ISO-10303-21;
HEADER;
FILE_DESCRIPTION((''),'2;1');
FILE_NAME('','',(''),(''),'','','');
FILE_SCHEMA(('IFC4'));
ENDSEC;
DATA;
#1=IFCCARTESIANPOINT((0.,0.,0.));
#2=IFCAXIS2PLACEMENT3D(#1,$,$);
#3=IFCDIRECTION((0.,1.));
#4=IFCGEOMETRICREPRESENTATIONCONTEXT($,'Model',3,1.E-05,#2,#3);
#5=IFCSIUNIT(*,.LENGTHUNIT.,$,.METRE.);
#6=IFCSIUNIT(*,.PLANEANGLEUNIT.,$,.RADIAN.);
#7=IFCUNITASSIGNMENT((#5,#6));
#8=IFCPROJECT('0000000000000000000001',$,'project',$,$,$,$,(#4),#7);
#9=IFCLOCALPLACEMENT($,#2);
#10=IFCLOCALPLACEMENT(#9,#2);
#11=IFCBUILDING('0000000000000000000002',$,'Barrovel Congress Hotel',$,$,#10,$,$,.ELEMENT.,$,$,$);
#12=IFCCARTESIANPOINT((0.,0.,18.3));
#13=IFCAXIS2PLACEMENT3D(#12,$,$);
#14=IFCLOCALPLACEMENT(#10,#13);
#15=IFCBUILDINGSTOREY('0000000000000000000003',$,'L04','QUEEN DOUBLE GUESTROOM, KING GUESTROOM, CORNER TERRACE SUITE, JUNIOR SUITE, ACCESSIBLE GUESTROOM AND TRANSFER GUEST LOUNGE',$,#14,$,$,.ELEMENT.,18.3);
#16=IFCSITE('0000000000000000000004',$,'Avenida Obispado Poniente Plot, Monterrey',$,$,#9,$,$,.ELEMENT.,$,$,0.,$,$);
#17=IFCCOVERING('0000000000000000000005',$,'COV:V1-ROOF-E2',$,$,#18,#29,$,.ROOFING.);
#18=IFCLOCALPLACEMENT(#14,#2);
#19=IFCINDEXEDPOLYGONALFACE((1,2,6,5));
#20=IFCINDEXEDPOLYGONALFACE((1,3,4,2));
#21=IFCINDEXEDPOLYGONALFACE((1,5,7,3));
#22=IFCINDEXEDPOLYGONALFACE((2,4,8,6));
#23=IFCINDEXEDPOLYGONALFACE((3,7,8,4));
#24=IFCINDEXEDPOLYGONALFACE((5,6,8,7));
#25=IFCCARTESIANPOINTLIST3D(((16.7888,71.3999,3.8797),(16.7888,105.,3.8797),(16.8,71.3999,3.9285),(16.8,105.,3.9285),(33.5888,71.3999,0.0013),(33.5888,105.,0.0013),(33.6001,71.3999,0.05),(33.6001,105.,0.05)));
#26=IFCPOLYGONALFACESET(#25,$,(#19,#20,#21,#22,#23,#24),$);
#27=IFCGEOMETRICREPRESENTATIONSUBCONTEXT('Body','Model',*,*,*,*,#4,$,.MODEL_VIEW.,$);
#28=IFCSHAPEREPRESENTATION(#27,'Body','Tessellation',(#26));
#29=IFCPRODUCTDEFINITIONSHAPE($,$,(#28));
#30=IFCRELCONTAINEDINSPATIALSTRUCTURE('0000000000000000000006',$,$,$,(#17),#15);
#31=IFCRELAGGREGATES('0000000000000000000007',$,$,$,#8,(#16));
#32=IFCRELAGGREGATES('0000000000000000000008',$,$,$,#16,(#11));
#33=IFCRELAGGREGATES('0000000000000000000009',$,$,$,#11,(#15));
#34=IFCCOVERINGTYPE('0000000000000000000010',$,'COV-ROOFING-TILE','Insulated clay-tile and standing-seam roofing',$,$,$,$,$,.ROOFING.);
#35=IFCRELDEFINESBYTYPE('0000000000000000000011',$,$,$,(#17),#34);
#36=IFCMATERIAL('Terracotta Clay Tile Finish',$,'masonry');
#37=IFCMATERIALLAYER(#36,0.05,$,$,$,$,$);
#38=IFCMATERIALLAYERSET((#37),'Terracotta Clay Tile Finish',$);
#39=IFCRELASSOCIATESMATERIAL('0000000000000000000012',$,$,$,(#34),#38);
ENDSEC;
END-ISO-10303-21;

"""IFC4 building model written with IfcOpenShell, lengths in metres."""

from ifc_helpers import new_model, si_unit, direction, frame, origin, place, context, subcontext, project, spatial, polyline, outline, extrude, material, layer, layer_set, type_object, element, save


model = new_model("IFC4")

# Units and contexts
model_context = context("Model", 3, precision=1e-05, world=origin(), true_north=direction((0.0, 1.0)))
body_context = subcontext(model_context, "Body", "Model", "MODEL_VIEW")
ifc_project = project(units=[si_unit("LENGTHUNIT", "METRE"), si_unit("PLANEANGLEUNIT", "RADIAN")], contexts=[model_context])

# Site, building, storey
site_placement = place(None, origin())
site = spatial("IfcSite", under=ifc_project, at=site_placement, Name="Avenida Obispado Poniente Plot, Monterrey", CompositionType="ELEMENT", RefElevation=0.0)
building_placement = place(site_placement, origin())
building = spatial("IfcBuilding", under=site, at=building_placement, Name="Barrovel Congress Hotel", CompositionType="ELEMENT")
storey_placement = place(building_placement, frame((0.0, 0.0, 18.3)))
storey = spatial("IfcBuildingStorey", under=building, at=storey_placement, Name="L04", Description="QUEEN DOUBLE GUESTROOM, KING GUESTROOM, CORNER TERRACE SUITE, JUNIOR SUITE, ACCESSIBLE GUESTROOM AND TRANSFER GUEST LOUNGE", CompositionType="ELEMENT", Elevation=18.3)

# Covering
ifc_material_1 = material(Name="Terracotta Clay Tile Finish", Category="masonry")
ifc_layer_1 = layer(ifc_material_1, 0.05)
ifc_layer_set_1 = layer_set([ifc_layer_1], Name="Terracotta Clay Tile Finish")
covering_type = type_object("IfcCoveringType", Name="COV-ROOFING-TILE", Description="Insulated clay-tile and standing-seam roofing", PredefinedType="ROOFING", material=ifc_layer_set_1)
for number, where, z_axis, x_axis, name in (
    (1, (16.8, 71.3999, 3.9285), (0.224941, 0.0, 0.974372), (0.974372, 0.0, -0.224941), "COV:V1-ROOF-E2"),
):
    element("IfcCovering", number, at=place(storey_placement, frame(where, z_axis=z_axis, x_axis=x_axis)), inside=storey, type_object=covering_type, Name=name, PredefinedType="ROOFING", context=body_context, shape_type="SweptSolid", body=[
        extrude(outline(polyline([(0.0, 0.0), (17.2419, 0.0), (17.2419, 33.6001), (0.0, 33.6001), (0.0, 0.0)])), origin(), (0.0, 0.0, -1.0), 0.05),
    ])

save(model, "model.ifc")
